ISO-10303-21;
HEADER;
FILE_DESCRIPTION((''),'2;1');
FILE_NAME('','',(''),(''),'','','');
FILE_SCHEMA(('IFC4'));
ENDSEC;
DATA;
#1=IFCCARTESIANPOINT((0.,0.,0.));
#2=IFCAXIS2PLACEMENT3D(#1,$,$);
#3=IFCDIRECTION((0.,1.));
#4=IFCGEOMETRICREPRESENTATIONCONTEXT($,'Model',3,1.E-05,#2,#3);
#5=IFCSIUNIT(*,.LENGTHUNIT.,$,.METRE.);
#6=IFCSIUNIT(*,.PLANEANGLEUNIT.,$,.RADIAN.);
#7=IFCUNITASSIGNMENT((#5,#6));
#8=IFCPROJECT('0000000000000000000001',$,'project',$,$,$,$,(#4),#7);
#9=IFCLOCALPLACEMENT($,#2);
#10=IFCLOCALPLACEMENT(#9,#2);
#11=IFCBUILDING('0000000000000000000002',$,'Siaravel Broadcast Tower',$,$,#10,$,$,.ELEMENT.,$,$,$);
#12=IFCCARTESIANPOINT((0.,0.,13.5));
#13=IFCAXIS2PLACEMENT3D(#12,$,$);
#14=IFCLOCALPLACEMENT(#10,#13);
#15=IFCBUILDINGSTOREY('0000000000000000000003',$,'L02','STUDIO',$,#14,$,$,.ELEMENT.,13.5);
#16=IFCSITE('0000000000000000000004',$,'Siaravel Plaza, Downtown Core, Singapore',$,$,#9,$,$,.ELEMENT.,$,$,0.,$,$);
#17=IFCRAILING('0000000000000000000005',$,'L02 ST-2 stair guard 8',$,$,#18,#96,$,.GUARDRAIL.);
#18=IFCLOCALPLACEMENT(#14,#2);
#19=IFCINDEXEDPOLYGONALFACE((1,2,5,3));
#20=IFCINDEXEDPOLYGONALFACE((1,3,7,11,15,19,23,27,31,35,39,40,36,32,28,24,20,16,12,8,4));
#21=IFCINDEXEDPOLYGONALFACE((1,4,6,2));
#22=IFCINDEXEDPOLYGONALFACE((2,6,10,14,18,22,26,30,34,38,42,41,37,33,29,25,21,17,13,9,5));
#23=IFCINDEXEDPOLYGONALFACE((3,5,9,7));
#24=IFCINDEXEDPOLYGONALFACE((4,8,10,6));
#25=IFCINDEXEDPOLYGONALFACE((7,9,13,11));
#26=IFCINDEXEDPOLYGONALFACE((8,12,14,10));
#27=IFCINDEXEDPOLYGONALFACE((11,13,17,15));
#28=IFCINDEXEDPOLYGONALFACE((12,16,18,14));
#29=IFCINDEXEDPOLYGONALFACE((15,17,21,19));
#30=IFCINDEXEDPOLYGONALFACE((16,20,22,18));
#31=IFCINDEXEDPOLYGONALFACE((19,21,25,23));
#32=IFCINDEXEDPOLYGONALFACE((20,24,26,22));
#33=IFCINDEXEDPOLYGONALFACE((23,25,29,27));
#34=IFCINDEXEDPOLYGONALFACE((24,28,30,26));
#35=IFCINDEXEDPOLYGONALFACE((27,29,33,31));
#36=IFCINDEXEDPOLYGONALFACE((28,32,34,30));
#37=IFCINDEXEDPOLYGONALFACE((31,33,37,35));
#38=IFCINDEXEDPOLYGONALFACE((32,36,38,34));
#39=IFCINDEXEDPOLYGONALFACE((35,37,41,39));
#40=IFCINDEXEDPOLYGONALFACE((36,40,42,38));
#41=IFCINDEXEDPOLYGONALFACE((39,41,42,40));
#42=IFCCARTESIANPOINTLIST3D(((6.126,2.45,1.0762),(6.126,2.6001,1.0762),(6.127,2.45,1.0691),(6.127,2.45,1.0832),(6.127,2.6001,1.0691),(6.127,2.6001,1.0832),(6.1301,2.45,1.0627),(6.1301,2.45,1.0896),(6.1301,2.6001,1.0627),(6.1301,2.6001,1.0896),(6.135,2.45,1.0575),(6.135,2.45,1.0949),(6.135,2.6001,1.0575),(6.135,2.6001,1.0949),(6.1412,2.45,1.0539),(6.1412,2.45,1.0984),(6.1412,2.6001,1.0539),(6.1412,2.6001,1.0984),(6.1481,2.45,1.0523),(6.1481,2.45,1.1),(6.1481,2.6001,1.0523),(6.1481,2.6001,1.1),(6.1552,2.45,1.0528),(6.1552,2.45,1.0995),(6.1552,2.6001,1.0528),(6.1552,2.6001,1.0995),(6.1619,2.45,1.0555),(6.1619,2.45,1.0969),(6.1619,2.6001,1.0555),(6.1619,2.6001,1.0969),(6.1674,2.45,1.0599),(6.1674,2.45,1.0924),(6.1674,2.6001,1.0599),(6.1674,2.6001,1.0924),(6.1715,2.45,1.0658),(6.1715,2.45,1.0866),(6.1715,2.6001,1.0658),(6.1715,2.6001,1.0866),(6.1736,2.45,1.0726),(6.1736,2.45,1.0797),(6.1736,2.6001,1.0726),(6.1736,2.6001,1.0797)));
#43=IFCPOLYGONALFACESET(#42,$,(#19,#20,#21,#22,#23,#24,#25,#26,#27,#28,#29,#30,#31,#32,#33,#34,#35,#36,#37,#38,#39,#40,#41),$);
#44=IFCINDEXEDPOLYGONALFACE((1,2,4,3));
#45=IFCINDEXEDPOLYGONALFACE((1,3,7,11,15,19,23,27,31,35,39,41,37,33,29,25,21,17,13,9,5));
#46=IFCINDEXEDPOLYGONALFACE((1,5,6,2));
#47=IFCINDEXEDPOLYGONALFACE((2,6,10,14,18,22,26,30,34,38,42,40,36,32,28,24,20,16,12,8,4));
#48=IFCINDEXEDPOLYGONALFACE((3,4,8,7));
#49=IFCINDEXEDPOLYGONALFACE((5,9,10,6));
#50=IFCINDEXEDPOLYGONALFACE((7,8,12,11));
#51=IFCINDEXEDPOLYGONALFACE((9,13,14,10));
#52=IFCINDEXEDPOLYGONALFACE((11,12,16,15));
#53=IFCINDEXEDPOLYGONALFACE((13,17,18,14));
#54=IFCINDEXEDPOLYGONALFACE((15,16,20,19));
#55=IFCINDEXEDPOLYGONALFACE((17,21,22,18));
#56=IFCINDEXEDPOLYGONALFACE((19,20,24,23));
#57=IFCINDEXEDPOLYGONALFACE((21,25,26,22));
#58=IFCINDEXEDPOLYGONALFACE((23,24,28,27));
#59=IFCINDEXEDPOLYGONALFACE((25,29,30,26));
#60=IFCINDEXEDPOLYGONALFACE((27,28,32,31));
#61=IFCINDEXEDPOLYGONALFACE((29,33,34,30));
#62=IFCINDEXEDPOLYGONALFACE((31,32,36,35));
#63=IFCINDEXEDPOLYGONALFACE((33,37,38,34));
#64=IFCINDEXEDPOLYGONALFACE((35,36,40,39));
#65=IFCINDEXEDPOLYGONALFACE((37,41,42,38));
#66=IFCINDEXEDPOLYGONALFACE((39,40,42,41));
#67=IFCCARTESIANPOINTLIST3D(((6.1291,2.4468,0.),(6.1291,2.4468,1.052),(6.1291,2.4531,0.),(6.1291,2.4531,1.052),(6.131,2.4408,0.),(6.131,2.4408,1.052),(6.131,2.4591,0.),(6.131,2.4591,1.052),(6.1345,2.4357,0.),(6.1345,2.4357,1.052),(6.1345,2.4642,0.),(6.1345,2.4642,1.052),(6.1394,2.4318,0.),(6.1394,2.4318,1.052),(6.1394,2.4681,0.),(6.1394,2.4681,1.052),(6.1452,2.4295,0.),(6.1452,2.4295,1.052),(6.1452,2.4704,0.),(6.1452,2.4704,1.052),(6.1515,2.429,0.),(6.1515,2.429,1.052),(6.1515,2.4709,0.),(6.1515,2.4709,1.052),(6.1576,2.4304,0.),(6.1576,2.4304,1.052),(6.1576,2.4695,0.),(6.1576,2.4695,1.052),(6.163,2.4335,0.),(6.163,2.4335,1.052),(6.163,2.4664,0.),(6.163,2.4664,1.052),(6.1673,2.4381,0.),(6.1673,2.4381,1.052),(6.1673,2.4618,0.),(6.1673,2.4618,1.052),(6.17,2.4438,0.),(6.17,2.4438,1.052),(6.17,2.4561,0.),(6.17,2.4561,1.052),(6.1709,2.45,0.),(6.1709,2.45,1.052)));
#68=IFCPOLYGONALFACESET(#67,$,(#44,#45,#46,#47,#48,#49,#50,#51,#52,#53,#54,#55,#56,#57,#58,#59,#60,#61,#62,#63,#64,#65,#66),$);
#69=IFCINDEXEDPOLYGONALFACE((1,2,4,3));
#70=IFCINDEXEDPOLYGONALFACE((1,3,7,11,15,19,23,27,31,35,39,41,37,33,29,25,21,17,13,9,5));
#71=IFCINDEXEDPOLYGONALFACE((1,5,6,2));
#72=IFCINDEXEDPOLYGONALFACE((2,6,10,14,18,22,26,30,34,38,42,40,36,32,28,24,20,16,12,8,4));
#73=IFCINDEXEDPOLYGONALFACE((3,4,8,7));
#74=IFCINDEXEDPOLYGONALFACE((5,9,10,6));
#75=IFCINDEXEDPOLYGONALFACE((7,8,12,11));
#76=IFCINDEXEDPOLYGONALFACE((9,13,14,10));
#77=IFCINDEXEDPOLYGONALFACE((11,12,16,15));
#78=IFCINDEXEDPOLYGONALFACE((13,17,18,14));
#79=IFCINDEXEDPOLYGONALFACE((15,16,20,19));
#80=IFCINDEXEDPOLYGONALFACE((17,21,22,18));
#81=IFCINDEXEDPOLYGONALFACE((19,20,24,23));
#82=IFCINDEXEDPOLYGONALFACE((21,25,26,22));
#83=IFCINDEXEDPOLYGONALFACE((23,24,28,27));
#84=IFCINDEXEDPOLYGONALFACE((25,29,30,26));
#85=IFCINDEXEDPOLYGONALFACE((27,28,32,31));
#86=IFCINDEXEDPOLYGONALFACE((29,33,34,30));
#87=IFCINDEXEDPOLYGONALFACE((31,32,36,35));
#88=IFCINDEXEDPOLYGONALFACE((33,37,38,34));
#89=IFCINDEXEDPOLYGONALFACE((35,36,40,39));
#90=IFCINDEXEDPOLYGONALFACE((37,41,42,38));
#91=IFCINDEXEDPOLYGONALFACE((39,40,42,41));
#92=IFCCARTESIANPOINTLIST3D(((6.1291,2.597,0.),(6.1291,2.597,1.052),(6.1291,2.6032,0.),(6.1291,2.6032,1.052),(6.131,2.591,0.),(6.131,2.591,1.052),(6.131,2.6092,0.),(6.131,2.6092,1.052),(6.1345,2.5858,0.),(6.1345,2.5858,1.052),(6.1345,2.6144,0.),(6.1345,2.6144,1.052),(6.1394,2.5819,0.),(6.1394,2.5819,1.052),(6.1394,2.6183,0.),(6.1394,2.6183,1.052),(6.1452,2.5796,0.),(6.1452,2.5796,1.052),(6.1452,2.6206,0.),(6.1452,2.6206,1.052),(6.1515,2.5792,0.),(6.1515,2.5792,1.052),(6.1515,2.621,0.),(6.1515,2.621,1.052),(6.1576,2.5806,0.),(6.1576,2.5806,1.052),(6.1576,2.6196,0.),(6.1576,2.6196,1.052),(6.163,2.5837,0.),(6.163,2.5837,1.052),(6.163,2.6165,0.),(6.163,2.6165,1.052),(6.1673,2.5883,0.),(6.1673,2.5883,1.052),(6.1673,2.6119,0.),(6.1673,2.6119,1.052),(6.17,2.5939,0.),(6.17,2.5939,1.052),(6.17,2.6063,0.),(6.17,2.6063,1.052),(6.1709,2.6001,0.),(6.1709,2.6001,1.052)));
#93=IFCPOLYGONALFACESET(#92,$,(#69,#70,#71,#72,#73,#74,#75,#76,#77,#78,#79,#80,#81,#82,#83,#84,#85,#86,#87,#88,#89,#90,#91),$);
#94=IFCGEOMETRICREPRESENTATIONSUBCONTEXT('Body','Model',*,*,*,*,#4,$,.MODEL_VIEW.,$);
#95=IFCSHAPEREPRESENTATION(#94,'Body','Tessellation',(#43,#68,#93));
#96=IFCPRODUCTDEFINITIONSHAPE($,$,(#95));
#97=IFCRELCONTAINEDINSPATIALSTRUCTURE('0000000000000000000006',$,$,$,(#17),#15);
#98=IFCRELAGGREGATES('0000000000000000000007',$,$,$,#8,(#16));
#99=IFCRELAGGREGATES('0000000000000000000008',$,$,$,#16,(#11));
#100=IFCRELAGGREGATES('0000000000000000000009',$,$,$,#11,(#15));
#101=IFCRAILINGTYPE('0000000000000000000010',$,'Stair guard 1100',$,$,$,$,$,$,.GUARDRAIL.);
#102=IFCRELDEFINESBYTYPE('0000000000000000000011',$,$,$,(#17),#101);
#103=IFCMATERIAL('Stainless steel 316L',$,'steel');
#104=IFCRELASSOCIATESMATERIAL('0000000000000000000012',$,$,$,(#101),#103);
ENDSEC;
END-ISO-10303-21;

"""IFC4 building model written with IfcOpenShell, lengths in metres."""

from ifc_helpers import new_model, si_unit, direction, frame, origin, origin_2d, place, context, subcontext, project, spatial, circle, extrude, material, type_object, element, save


model = new_model("IFC4")

# Units and contexts
model_context = context("Model", 3, precision=1e-05, world=origin(), true_north=direction((0.0, 1.0)))
body_context = subcontext(model_context, "Body", "Model", "MODEL_VIEW")
ifc_project = project(units=[si_unit("LENGTHUNIT", "METRE"), si_unit("PLANEANGLEUNIT", "RADIAN")], contexts=[model_context])

# Site, building, storey
site_placement = place(None, origin())
site = spatial("IfcSite", under=ifc_project, at=site_placement, Name="Siaravel Plaza, Downtown Core, Singapore", CompositionType="ELEMENT", RefElevation=0.0)
building_placement = place(site_placement, origin())
building = spatial("IfcBuilding", under=site, at=building_placement, Name="Siaravel Broadcast Tower", CompositionType="ELEMENT")
storey_placement = place(building_placement, frame((0.0, 0.0, 13.5)))
storey = spatial("IfcBuildingStorey", under=building, at=storey_placement, Name="L02", Description="STUDIO", CompositionType="ELEMENT", Elevation=13.5)

# Railing
ifc_material_1 = material(Name="Stainless steel 316L", Category="steel")
railing_type_1 = type_object("IfcRailingType", Name="Stair guard 1100", PredefinedType="GUARDRAIL", material=ifc_material_1)
railing_1_placement = place(storey_placement, frame((6.1499, 2.45, 0.0)))
element("IfcRailing", 1, at=railing_1_placement, inside=storey, type_object=railing_type_1, Name="L02 ST-2 stair guard 8", PredefinedType="GUARDRAIL", context=body_context, shape_type="SweptSolid", body=[
    extrude(circle(Radius=0.0239, at=origin_2d()), frame((0.0, 0.0, 1.0762), z_axis=(0.0, 1.0, 0.0), x_axis=(-1.0, 0.0, 0.0)), (0.0, 0.0, 1.0), 0.1501),
    extrude(circle(Radius=0.021, at=origin_2d()), origin(), (0.0, 0.0, 1.0), 1.052),
    extrude(circle(Radius=0.021, at=origin_2d()), frame((0.0, 0.1501, 0.0)), (0.0, 0.0, 1.0), 1.052),
])

save(model, "model.ifc")
